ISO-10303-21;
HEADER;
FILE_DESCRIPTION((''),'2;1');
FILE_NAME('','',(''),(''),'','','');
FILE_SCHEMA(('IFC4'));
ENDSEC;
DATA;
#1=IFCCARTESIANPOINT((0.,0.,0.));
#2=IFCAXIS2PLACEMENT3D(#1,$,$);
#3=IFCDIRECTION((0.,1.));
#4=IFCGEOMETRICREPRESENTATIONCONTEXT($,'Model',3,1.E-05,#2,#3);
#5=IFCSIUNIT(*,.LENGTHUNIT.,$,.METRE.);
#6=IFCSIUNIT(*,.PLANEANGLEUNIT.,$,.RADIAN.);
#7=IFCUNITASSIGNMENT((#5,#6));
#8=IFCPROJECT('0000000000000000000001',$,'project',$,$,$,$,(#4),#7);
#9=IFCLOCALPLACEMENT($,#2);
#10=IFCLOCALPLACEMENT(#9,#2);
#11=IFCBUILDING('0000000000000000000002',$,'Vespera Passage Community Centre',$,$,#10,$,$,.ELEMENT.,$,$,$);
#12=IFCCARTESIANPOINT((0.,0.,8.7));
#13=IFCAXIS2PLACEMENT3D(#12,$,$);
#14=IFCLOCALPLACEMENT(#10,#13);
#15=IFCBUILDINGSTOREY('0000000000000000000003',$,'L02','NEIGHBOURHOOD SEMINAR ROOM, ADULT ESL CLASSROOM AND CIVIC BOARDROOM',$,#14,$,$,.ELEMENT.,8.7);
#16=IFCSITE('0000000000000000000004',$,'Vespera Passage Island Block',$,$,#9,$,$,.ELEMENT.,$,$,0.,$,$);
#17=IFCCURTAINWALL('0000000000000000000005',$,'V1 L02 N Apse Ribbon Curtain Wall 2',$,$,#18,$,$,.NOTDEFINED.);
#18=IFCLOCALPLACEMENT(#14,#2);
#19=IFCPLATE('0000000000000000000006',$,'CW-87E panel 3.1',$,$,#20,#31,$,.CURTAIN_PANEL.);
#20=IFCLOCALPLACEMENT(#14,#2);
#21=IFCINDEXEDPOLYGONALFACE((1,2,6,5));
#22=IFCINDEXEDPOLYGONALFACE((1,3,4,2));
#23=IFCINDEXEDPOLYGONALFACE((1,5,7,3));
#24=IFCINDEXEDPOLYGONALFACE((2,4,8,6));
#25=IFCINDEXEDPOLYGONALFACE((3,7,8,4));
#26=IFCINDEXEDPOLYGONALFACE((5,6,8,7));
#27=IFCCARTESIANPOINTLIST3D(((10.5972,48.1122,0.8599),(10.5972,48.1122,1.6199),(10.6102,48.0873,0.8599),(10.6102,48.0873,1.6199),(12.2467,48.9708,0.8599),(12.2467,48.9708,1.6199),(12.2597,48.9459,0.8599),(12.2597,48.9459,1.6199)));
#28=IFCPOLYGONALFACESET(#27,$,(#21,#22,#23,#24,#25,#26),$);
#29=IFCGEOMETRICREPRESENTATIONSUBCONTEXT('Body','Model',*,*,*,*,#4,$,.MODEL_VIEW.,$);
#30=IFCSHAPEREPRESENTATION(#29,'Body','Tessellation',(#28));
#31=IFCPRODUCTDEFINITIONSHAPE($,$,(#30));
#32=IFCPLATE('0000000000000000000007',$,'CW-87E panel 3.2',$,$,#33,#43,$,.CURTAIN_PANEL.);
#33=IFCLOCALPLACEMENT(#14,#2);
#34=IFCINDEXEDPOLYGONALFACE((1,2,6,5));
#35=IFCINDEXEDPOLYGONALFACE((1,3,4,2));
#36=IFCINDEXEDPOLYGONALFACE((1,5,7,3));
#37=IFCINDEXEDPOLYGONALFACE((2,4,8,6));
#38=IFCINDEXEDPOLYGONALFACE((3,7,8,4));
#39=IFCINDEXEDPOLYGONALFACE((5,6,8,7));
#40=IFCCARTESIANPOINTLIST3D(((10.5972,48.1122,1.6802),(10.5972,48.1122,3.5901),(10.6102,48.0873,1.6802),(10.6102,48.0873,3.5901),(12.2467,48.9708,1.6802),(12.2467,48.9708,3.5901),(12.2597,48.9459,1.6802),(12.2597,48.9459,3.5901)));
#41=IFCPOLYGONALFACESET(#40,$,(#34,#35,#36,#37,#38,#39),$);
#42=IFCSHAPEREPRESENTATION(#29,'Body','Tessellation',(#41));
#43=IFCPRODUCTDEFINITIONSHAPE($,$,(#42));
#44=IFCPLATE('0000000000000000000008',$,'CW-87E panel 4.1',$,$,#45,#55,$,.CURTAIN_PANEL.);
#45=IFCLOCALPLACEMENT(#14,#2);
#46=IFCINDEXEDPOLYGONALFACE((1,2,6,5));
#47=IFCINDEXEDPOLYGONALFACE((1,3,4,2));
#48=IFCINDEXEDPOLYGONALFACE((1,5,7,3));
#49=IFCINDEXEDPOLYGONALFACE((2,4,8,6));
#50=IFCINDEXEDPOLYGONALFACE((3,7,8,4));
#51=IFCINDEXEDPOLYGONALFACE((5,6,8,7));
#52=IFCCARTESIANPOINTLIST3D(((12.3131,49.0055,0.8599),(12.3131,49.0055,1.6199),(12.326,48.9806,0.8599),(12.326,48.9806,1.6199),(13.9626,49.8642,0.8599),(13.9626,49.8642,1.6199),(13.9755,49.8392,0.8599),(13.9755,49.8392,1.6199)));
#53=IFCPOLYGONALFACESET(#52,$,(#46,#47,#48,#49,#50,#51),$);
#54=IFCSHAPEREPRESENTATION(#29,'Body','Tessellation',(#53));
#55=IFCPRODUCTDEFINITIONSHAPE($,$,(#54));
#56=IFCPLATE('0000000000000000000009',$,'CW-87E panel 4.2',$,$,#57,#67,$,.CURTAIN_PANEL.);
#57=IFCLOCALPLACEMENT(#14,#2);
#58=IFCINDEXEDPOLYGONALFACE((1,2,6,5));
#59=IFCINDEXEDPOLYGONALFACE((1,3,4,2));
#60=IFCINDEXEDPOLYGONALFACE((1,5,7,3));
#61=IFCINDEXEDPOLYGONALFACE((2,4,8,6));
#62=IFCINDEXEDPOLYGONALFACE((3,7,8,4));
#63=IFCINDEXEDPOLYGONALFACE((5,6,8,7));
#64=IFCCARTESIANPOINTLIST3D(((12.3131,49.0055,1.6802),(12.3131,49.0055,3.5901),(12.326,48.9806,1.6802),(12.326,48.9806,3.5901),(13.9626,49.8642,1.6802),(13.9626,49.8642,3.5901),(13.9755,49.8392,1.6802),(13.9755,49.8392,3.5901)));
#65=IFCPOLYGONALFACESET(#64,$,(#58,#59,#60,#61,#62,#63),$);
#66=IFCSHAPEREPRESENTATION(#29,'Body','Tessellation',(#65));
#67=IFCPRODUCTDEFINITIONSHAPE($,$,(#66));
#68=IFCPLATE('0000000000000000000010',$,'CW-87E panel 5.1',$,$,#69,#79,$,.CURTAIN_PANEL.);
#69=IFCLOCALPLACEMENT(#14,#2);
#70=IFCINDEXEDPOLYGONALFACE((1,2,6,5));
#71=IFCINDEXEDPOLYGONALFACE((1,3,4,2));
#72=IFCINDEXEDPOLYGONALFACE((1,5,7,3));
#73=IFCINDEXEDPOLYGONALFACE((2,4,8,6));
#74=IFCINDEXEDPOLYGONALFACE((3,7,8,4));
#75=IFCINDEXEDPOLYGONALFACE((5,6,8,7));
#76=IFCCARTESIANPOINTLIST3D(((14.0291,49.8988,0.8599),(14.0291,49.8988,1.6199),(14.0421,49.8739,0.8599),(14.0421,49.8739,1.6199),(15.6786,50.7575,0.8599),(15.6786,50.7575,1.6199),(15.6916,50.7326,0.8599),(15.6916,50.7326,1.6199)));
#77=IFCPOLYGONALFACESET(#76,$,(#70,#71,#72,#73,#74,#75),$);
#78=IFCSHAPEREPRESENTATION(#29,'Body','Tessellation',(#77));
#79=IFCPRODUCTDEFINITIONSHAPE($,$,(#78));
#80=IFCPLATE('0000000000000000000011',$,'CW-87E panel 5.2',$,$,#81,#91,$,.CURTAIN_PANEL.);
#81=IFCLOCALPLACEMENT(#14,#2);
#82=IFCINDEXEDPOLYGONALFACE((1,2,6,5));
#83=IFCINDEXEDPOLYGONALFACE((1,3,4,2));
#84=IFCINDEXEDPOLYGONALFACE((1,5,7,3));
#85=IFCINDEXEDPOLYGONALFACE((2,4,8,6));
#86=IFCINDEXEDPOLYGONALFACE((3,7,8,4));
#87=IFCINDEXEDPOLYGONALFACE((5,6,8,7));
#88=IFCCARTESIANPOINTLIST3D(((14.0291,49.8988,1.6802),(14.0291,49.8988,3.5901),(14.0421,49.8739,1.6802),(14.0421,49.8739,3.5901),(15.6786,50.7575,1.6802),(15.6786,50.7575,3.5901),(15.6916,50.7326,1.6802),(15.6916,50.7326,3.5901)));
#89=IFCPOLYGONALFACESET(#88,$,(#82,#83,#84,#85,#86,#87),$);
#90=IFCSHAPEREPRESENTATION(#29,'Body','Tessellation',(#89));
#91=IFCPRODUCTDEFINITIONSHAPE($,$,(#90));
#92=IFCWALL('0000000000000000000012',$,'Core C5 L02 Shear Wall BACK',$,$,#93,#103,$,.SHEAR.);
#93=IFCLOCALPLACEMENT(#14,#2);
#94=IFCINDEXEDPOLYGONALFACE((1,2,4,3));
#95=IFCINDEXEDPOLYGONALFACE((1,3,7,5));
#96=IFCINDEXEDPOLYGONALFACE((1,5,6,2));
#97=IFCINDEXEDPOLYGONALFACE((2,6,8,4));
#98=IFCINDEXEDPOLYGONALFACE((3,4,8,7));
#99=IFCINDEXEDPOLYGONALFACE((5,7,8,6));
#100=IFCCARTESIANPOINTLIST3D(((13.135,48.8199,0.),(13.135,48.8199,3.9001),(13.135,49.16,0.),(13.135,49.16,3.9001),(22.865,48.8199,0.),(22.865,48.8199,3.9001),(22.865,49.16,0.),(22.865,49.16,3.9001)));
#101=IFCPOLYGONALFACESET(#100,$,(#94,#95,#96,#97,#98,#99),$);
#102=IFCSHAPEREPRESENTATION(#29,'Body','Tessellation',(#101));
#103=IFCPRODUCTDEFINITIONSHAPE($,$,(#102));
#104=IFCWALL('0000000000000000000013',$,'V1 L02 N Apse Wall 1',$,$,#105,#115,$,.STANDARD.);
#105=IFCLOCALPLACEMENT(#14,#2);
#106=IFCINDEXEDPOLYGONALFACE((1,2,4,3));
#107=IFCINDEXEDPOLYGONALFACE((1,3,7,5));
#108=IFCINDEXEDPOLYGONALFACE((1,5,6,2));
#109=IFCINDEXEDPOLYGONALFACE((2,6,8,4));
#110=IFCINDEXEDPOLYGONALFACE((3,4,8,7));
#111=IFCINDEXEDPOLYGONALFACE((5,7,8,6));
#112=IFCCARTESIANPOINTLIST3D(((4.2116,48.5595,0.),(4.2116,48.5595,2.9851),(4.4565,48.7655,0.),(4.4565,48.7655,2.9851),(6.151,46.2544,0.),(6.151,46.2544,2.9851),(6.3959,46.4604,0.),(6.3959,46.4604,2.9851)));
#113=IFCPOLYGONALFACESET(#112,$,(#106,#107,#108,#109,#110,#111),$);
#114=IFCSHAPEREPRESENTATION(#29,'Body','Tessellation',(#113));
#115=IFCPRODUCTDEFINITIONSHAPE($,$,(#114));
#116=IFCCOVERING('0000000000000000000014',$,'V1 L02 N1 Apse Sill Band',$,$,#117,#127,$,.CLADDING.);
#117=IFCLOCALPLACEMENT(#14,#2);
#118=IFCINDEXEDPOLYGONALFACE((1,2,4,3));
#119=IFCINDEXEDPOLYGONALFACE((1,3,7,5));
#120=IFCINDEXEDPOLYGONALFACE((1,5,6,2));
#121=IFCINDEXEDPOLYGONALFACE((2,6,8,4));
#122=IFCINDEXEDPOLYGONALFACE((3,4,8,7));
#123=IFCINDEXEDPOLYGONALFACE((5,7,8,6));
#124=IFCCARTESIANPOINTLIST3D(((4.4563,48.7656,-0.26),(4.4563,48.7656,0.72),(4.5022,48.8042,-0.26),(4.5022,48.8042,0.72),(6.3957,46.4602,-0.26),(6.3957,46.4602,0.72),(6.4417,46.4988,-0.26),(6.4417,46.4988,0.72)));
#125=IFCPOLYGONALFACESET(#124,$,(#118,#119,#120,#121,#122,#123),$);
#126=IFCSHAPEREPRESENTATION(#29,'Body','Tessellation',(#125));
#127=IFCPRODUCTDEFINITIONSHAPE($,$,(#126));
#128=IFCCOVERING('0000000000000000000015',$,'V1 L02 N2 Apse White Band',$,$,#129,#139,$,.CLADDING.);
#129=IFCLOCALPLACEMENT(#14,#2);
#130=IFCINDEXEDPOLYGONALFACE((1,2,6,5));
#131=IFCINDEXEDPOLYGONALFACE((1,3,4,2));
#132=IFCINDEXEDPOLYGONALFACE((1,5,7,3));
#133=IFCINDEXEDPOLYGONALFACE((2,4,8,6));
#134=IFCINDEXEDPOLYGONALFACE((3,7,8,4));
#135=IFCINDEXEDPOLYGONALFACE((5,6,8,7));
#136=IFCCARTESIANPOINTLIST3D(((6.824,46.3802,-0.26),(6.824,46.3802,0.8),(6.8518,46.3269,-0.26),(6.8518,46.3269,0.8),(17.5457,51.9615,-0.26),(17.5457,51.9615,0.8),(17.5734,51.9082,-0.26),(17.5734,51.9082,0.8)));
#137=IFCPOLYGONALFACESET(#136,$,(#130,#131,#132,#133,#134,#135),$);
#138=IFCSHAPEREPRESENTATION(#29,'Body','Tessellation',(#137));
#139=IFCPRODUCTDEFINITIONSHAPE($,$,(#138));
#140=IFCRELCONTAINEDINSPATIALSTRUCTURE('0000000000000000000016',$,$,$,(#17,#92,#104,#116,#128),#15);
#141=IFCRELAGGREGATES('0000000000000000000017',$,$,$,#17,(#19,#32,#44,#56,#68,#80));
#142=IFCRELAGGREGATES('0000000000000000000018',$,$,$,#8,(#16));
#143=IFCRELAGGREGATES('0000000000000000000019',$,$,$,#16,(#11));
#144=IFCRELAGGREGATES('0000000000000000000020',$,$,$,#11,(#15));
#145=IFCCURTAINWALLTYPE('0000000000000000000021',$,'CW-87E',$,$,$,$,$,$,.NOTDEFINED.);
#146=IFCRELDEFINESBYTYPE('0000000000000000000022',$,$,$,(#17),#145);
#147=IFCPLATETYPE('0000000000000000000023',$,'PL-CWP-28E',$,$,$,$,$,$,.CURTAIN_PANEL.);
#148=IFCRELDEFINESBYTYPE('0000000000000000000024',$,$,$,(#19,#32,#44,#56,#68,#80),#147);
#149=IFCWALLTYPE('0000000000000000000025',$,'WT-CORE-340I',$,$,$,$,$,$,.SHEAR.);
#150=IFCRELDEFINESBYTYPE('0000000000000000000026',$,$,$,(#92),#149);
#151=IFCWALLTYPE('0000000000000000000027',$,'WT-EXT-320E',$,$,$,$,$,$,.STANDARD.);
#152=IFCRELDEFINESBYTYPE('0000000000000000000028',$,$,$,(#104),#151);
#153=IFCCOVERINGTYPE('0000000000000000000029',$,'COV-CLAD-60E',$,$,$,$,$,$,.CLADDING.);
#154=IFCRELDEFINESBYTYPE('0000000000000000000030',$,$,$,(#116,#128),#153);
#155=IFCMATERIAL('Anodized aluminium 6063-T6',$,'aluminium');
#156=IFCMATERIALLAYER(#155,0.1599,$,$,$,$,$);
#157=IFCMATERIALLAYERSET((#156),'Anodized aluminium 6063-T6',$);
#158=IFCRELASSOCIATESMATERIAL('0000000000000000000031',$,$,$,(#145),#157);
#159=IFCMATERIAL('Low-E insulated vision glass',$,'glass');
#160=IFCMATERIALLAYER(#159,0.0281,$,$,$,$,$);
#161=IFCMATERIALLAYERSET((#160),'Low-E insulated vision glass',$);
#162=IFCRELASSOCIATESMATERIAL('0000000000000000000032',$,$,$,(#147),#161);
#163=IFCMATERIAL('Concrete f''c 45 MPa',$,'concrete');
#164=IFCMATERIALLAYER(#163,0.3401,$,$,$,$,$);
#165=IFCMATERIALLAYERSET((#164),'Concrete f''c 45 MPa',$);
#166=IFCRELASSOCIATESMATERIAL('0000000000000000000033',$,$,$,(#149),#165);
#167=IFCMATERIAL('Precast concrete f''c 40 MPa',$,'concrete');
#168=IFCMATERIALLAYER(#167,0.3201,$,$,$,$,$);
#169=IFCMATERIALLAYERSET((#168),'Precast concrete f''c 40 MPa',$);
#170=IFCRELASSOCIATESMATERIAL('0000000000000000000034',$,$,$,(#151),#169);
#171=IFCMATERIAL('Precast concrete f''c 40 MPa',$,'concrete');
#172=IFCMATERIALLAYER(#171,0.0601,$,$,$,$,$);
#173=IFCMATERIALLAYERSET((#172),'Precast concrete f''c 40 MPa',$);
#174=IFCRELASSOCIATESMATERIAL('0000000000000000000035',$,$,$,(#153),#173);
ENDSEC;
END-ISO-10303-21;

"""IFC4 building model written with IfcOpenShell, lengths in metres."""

from ifc_helpers import new_model, si_unit, direction, frame, frame_2d, origin, origin_2d, place, context, subcontext, project, spatial, rectangle, extrude, material, layer, layer_set, type_object, element, aggregate, save


model = new_model("IFC4")

# Units and contexts
model_context = context("Model", 3, precision=1e-05, world=origin(), true_north=direction((0.0, 1.0)))
body_context = subcontext(model_context, "Body", "Model", "MODEL_VIEW")
ifc_project = project(units=[si_unit("LENGTHUNIT", "METRE"), si_unit("PLANEANGLEUNIT", "RADIAN")], contexts=[model_context])

# Site, building, storey
site_placement = place(None, origin())
site = spatial("IfcSite", under=ifc_project, at=site_placement, Name="Vespera Passage Island Block", CompositionType="ELEMENT", RefElevation=0.0)
building_placement = place(site_placement, origin())
building = spatial("IfcBuilding", under=site, at=building_placement, Name="Vespera Passage Community Centre", CompositionType="ELEMENT")
storey_placement = place(building_placement, frame((0.0, 0.0, 8.7)))
storey = spatial("IfcBuildingStorey", under=building, at=storey_placement, Name="L02", Description="NEIGHBOURHOOD SEMINAR ROOM, ADULT ESL CLASSROOM AND CIVIC BOARDROOM", CompositionType="ELEMENT", Elevation=8.7)

# Curtain wall, plates
ifc_material_1 = material(Name="Anodized aluminium 6063-T6", Category="aluminium")
ifc_layer_1 = layer(ifc_material_1, 0.1599)
ifc_layer_set_1 = layer_set([ifc_layer_1], Name="Anodized aluminium 6063-T6")
curtain_wall_type = type_object("IfcCurtainWallType", Name="CW-87E", PredefinedType="NOTDEFINED", material=ifc_layer_set_1)
curtain_wall_placement = place(storey_placement, origin())
curtain_wall = element("IfcCurtainWall", 1, at=curtain_wall_placement, inside=storey, type_object=curtain_wall_type, Name="V1 L02 N Apse Ribbon Curtain Wall 2", PredefinedType="NOTDEFINED")
ifc_material_2 = material(Name="Low-E insulated vision glass", Category="glass")
ifc_layer_2 = layer(ifc_material_2, 0.0281)
ifc_layer_set_2 = layer_set([ifc_layer_2], Name="Low-E insulated vision glass")
plate_type = type_object("IfcPlateType", Name="PL-CWP-28E", PredefinedType="CURTAIN_PANEL", material=ifc_layer_set_2)
plate_1_placement = place(storey_placement, frame((11.4285, 48.5291, 0.8599), z_axis=(0.0, 0.0, 1.0), x_axis=(0.887013, 0.461745, 0.0)))
plate_1 = element("IfcPlate", 2, at=plate_1_placement, type_object=plate_type, Name="CW-87E panel 3.1", PredefinedType="CURTAIN_PANEL", context=body_context, shape_type="SweptSolid", body=[
    extrude(rectangle(XDim=1.8596, YDim=0.0281, at=origin_2d()), origin(), (0.0, 0.0, 1.0), 0.76),
])
plate_2_placement = place(storey_placement, frame((11.4285, 48.5291, 1.6802), z_axis=(0.0, 0.0, 1.0), x_axis=(0.887013, 0.461745, 0.0)))
plate_2 = element("IfcPlate", 3, at=plate_2_placement, type_object=plate_type, Name="CW-87E panel 3.2", PredefinedType="CURTAIN_PANEL", context=body_context, shape_type="SweptSolid", body=[
    extrude(rectangle(XDim=1.8596, YDim=0.0281, at=origin_2d()), origin(), (0.0, 0.0, 1.0), 1.9099),
])
plate_3_placement = place(storey_placement, frame((13.1443, 49.4224, 0.8599), z_axis=(0.0, 0.0, 1.0), x_axis=(0.887013, 0.461745, 0.0)))
plate_3 = element("IfcPlate", 4, at=plate_3_placement, type_object=plate_type, Name="CW-87E panel 4.1", PredefinedType="CURTAIN_PANEL", context=body_context, shape_type="SweptSolid", body=[
    extrude(rectangle(XDim=1.8596, YDim=0.0281, at=origin_2d()), origin(), (0.0, 0.0, 1.0), 0.76),
])
plate_4_placement = place(storey_placement, frame((13.1443, 49.4224, 1.6802), z_axis=(0.0, 0.0, 1.0), x_axis=(0.887013, 0.461745, 0.0)))
plate_4 = element("IfcPlate", 5, at=plate_4_placement, type_object=plate_type, Name="CW-87E panel 4.2", PredefinedType="CURTAIN_PANEL", context=body_context, shape_type="SweptSolid", body=[
    extrude(rectangle(XDim=1.8596, YDim=0.0281, at=origin_2d()), origin(), (0.0, 0.0, 1.0), 1.9099),
])
plate_5_placement = place(storey_placement, frame((14.8604, 50.3157, 0.8599), z_axis=(0.0, 0.0, 1.0), x_axis=(0.887013, 0.461745, 0.0)))
plate_5 = element("IfcPlate", 6, at=plate_5_placement, type_object=plate_type, Name="CW-87E panel 5.1", PredefinedType="CURTAIN_PANEL", context=body_context, shape_type="SweptSolid", body=[
    extrude(rectangle(XDim=1.8596, YDim=0.0281, at=origin_2d()), origin(), (0.0, 0.0, 1.0), 0.76),
])
plate_6_placement = place(storey_placement, frame((14.8604, 50.3157, 1.6802), z_axis=(0.0, 0.0, 1.0), x_axis=(0.887013, 0.461745, 0.0)))
plate_6 = element("IfcPlate", 7, at=plate_6_placement, type_object=plate_type, Name="CW-87E panel 5.2", PredefinedType="CURTAIN_PANEL", context=body_context, shape_type="SweptSolid", body=[
    extrude(rectangle(XDim=1.8596, YDim=0.0281, at=origin_2d()), origin(), (0.0, 0.0, 1.0), 1.9099),
])
aggregate(curtain_wall, [plate_1, plate_2, plate_3, plate_4, plate_5, plate_6])

# Walls
ifc_material_3 = material(Name="Concrete f'c 45 MPa", Category="concrete")
ifc_layer_3 = layer(ifc_material_3, 0.3401)
ifc_layer_set_3 = layer_set([ifc_layer_3], Name="Concrete f'c 45 MPa")
wall_type_1 = type_object("IfcWallType", Name="WT-CORE-340I", PredefinedType="SHEAR", material=ifc_layer_set_3)
wall_1_placement = place(storey_placement, frame((13.135, 48.99, 0.0), z_axis=(0.0, 0.0, 1.0), x_axis=(1.0, 0.0, 0.0)))
element("IfcWall", 8, at=wall_1_placement, inside=storey, type_object=wall_type_1, Name="Core C5 L02 Shear Wall BACK", PredefinedType="SHEAR", context=body_context, shape_type="SweptSolid", body=[
    extrude(rectangle(XDim=9.73, YDim=0.3401, at=frame_2d((4.865, 0.0))), origin(), (0.0, 0.0, 1.0), 3.9001),
])
ifc_material_4 = material(Name="Precast concrete f'c 40 MPa", Category="concrete")
ifc_layer_4 = layer(ifc_material_4, 0.3201)
ifc_layer_set_4 = layer_set([ifc_layer_4], Name="Precast concrete f'c 40 MPa")
wall_type_2 = type_object("IfcWallType", Name="WT-EXT-320E", PredefinedType="STANDARD", material=ifc_layer_set_4)
wall_2_placement = place(storey_placement, frame((4.334, 48.6626, 0.0), z_axis=(0.0, 0.0, 1.0), x_axis=(0.643796, -0.765197, 0.0)))
element("IfcWall", 9, at=wall_2_placement, inside=storey, type_object=wall_type_2, Name="V1 L02 N Apse Wall 1", PredefinedType="STANDARD", context=body_context, shape_type="SweptSolid", body=[
    extrude(rectangle(XDim=3.0125, YDim=0.3201, at=frame_2d((1.5063, 0.0))), origin(), (0.0, 0.0, 1.0), 2.9851),
])

# Coverings
ifc_material_5 = material(Name="Precast concrete f'c 40 MPa", Category="concrete")
ifc_layer_5 = layer(ifc_material_5, 0.0601)
ifc_layer_set_5 = layer_set([ifc_layer_5], Name="Precast concrete f'c 40 MPa")
covering_type = type_object("IfcCoveringType", Name="COV-CLAD-60E", PredefinedType="CLADDING", material=ifc_layer_set_5)
covering_1_placement = place(storey_placement, frame((4.4792, 48.7849, -0.26), z_axis=(0.0, 0.0, 1.0), x_axis=(0.643756, -0.765231, 0.0)))
element("IfcCovering", 10, at=covering_1_placement, inside=storey, type_object=covering_type, Name="V1 L02 N1 Apse Sill Band", PredefinedType="CLADDING", context=body_context, shape_type="SweptSolid", body=[
    extrude(rectangle(XDim=3.0127, YDim=0.0601, at=frame_2d((1.5063, 0.0))), origin(), (0.0, 0.0, 1.0), 0.98),
])
covering_2_placement = place(storey_placement, frame((6.8379, 46.3535, -0.26), z_axis=(0.0, 0.0, 1.0), x_axis=(0.887013, 0.461745, 0.0)))
element("IfcCovering", 11, at=covering_2_placement, inside=storey, type_object=covering_type, Name="V1 L02 N2 Apse White Band", PredefinedType="CLADDING", context=body_context, shape_type="SweptSolid", body=[
    extrude(rectangle(XDim=12.0874, YDim=0.0601, at=frame_2d((6.0437, 0.0))), origin(), (0.0, 0.0, 1.0), 1.0601),
])

save(model, "model.ifc")
